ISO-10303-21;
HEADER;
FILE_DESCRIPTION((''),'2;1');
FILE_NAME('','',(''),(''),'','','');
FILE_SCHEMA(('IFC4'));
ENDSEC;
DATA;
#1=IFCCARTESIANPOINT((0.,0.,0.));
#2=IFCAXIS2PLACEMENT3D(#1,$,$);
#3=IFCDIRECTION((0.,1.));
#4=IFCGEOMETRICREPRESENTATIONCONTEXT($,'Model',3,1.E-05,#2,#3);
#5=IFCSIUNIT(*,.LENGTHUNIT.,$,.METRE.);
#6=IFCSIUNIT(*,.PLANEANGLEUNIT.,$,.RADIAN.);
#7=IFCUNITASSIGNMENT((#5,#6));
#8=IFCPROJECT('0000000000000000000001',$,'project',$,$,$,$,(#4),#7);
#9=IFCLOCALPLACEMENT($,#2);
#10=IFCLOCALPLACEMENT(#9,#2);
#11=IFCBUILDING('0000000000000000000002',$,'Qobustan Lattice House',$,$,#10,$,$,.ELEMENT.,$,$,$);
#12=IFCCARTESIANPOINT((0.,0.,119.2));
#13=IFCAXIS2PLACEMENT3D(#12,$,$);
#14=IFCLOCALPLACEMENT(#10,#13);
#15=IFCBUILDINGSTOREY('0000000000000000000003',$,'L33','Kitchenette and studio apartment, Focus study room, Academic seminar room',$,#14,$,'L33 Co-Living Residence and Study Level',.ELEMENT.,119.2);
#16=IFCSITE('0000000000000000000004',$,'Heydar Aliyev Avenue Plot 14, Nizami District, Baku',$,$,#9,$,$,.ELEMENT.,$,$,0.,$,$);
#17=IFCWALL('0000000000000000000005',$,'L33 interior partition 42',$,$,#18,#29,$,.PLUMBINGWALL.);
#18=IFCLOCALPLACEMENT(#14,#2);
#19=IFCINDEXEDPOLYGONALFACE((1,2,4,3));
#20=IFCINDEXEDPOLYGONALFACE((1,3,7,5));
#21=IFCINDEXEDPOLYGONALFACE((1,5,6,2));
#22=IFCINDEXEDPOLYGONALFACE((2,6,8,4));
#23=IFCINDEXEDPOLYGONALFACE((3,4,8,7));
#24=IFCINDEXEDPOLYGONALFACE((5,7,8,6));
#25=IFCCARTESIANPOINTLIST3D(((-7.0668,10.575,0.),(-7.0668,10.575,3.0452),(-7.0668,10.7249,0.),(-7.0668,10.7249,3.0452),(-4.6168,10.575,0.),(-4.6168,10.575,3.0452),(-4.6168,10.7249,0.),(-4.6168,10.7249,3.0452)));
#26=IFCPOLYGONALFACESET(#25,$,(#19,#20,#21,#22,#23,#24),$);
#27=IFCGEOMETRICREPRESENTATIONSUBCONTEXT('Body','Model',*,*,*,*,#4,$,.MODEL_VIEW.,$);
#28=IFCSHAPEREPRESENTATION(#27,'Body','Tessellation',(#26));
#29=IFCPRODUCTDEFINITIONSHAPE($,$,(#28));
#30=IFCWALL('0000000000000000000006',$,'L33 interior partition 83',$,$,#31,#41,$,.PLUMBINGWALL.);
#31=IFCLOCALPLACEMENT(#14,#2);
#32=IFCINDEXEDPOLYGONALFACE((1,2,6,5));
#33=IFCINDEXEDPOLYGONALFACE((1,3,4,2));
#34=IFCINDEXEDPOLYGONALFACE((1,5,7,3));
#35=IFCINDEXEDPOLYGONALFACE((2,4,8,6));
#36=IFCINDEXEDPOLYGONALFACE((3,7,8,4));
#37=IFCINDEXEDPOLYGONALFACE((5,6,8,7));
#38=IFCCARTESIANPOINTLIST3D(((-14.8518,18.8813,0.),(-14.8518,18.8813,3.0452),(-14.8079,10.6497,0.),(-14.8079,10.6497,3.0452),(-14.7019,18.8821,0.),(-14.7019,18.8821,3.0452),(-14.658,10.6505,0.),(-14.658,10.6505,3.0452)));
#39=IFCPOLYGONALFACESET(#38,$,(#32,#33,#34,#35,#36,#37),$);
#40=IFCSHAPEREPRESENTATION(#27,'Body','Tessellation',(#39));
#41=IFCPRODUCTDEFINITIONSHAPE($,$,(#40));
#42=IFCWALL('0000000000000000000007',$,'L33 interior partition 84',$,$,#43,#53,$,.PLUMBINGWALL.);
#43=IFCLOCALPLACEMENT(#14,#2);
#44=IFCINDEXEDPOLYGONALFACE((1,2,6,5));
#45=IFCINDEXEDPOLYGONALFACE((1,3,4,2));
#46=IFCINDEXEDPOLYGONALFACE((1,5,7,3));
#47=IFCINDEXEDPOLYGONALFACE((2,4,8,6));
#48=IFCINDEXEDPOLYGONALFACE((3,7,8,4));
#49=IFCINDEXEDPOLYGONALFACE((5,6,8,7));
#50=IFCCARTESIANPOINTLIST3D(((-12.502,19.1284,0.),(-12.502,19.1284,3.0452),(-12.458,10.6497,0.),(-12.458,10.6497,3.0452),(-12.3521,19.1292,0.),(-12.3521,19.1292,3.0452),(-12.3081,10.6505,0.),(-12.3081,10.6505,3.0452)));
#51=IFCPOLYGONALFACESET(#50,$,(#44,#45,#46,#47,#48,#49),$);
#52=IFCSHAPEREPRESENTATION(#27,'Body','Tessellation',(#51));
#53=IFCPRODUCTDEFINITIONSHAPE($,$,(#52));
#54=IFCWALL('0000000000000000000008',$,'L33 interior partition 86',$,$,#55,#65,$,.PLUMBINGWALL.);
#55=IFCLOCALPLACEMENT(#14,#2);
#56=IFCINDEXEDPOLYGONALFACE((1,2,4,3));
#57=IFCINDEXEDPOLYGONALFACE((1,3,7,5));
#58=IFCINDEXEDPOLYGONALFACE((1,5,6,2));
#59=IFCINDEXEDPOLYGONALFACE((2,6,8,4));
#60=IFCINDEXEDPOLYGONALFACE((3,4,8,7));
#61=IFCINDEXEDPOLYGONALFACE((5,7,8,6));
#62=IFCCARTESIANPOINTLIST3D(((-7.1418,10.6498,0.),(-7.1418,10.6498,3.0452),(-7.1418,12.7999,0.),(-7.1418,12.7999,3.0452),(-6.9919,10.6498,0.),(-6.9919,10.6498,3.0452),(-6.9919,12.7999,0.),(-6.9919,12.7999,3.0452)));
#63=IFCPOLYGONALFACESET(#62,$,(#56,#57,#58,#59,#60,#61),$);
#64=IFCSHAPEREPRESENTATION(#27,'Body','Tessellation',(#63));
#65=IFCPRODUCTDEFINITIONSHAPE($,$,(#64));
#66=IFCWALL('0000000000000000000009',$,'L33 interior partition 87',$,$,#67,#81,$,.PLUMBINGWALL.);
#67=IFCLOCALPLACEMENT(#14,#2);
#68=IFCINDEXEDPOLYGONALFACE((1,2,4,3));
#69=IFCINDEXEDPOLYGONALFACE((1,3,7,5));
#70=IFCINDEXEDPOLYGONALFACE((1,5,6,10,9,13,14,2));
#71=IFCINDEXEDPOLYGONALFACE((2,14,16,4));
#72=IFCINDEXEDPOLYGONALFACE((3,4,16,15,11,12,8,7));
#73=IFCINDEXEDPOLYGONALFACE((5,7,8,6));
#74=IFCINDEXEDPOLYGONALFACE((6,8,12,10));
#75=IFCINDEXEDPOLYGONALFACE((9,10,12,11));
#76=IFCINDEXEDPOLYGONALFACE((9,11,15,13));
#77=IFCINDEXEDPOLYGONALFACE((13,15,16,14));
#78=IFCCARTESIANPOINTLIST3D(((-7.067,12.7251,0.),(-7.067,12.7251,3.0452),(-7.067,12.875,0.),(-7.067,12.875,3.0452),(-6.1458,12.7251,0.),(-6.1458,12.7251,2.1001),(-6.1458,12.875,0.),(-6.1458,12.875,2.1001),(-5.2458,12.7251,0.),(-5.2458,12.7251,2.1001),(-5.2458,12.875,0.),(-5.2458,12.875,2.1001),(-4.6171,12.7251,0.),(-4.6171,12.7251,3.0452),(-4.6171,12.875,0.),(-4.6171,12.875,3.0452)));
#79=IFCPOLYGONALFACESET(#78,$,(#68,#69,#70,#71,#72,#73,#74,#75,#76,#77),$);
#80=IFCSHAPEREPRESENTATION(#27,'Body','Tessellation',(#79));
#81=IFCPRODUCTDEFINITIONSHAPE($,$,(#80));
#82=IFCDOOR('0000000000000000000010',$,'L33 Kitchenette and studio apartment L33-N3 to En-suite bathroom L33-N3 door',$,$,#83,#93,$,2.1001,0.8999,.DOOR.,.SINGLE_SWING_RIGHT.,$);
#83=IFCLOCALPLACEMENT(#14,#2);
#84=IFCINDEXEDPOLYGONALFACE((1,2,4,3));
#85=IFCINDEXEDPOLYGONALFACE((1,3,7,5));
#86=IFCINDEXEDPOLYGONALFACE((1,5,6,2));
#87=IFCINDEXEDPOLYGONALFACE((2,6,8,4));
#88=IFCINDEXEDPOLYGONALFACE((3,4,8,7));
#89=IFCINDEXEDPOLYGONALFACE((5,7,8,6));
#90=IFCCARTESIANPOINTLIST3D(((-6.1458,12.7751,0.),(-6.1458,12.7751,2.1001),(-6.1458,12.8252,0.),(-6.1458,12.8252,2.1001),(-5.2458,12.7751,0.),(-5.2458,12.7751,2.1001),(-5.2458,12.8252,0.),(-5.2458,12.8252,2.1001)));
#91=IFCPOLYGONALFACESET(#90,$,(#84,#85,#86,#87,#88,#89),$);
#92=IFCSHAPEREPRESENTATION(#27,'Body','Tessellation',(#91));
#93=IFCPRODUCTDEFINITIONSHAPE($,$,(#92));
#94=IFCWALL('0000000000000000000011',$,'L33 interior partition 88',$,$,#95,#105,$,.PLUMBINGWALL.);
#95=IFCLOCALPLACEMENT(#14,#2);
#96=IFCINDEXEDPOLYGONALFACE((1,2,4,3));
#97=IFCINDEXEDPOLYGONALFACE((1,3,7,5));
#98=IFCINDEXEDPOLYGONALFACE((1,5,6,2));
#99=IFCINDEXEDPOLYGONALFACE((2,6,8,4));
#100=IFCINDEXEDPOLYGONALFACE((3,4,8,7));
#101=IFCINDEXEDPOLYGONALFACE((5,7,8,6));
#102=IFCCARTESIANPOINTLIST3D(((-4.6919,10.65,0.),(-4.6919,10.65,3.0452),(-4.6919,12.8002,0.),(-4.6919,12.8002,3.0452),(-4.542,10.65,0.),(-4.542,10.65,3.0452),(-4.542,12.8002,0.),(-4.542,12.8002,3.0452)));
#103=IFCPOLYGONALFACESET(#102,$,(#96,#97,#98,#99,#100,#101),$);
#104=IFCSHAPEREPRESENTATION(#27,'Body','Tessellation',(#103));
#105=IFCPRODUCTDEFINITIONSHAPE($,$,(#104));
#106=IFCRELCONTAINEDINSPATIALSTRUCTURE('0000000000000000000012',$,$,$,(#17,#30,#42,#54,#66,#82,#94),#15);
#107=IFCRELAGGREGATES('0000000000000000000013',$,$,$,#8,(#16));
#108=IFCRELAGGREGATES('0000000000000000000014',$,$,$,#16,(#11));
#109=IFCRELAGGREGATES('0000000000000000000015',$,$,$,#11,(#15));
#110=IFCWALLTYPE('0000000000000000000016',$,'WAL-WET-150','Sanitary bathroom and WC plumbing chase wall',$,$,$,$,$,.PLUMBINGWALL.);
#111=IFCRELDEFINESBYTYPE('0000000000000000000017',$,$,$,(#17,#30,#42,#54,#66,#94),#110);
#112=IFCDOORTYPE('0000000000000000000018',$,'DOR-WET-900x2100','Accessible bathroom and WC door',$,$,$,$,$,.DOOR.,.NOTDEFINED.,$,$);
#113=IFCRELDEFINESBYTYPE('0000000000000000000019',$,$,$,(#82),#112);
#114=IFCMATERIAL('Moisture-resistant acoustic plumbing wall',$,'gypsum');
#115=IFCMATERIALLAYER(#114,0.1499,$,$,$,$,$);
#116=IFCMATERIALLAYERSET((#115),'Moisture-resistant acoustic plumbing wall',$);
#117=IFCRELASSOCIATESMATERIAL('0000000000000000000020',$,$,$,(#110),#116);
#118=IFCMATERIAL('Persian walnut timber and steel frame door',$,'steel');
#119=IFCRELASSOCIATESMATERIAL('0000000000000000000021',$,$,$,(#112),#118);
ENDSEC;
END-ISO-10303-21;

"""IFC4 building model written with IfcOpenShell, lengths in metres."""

from ifc_helpers import new_model, si_unit, direction, frame, frame_2d, origin, place, context, subcontext, project, spatial, rectangle, extrude, material, layer, layer_set, type_object, element, fill, save


model = new_model("IFC4")

# Units and contexts
model_context = context("Model", 3, precision=1e-05, world=origin(), true_north=direction((0.0, 1.0)))
body_context = subcontext(model_context, "Body", "Model", "MODEL_VIEW")
ifc_project = project(units=[si_unit("LENGTHUNIT", "METRE"), si_unit("PLANEANGLEUNIT", "RADIAN")], contexts=[model_context])

# Site, building, storey
site_placement = place(None, origin())
site = spatial("IfcSite", under=ifc_project, at=site_placement, Name="Heydar Aliyev Avenue Plot 14, Nizami District, Baku", CompositionType="ELEMENT", RefElevation=0.0)
building_placement = place(site_placement, origin())
building = spatial("IfcBuilding", under=site, at=building_placement, Name="Qobustan Lattice House", CompositionType="ELEMENT")
storey_placement = place(building_placement, frame((0.0, 0.0, 119.2)))
storey = spatial("IfcBuildingStorey", under=building, at=storey_placement, Name="L33", Description="Kitchenette and studio apartment, Focus study room, Academic seminar room", LongName="L33 Co-Living Residence and Study Level", CompositionType="ELEMENT", Elevation=119.2)

# Shared definitions
ifc_material_1 = material(Name="Moisture-resistant acoustic plumbing wall", Category="gypsum")
ifc_layer_1 = layer(ifc_material_1, 0.1499)
ifc_layer_set_1 = layer_set([ifc_layer_1], Name="Moisture-resistant acoustic plumbing wall")
wall_type_1 = type_object("IfcWallType", Name="WAL-WET-150", Description="Sanitary bathroom and WC plumbing chase wall", PredefinedType="PLUMBINGWALL", material=ifc_layer_set_1)
ifc_material_2 = material(Name="Persian walnut timber and steel frame door", Category="steel")
door_type_1 = type_object("IfcDoorType", Name="DOR-WET-900x2100", Description="Accessible bathroom and WC door", OperationType="NOTDEFINED", PredefinedType="DOOR", material=ifc_material_2)

# Walls
wall_1_placement = place(storey_placement, frame((-7.0669, 10.6499, 0.0), z_axis=(0.0, 0.0, 1.0), x_axis=(1.0, 0.0, 0.0)))
element("IfcWall", 1, at=wall_1_placement, inside=storey, type_object=wall_type_1, Name="L33 interior partition 42", PredefinedType="PLUMBINGWALL", context=body_context, shape_type="SweptSolid", body=[
    extrude(rectangle(XDim=2.45, YDim=0.1499, at=frame_2d((1.2251, 0.0))), origin(), (0.0, 0.0, 1.0), 3.0452),
])
wall_2_placement = place(storey_placement, frame((-14.7769, 18.8816, 0.0), z_axis=(0.0, 0.0, 1.0), x_axis=(0.005338, -0.999986, 0.0)))
element("IfcWall", 2, at=wall_2_placement, inside=storey, type_object=wall_type_1, Name="L33 interior partition 83", PredefinedType="PLUMBINGWALL", context=body_context, shape_type="SweptSolid", body=[
    extrude(rectangle(XDim=8.2317, YDim=0.1499, at=frame_2d((4.1157, 0.0))), origin(), (0.0, 0.0, 1.0), 3.0452),
])
wall_3_placement = place(storey_placement, frame((-12.427, 19.1287, 0.0), z_axis=(0.0, 0.0, 1.0), x_axis=(0.005183, -0.999987, 0.0)))
element("IfcWall", 3, at=wall_3_placement, inside=storey, type_object=wall_type_1, Name="L33 interior partition 84", PredefinedType="PLUMBINGWALL", context=body_context, shape_type="SweptSolid", body=[
    extrude(rectangle(XDim=8.4788, YDim=0.1499, at=frame_2d((4.2393, 0.0))), origin(), (0.0, 0.0, 1.0), 3.0452),
])
wall_4_placement = place(storey_placement, frame((-7.0669, 12.8, 0.0), z_axis=(0.0, 0.0, 1.0), x_axis=(0.0, -1.0, 0.0)))
element("IfcWall", 4, at=wall_4_placement, inside=storey, type_object=wall_type_1, Name="L33 interior partition 86", PredefinedType="PLUMBINGWALL", context=body_context, shape_type="SweptSolid", body=[
    extrude(rectangle(XDim=2.1501, YDim=0.1499, at=frame_2d((1.0752, 0.0))), origin(), (0.0, 0.0, 1.0), 3.0452),
])

# Wall, opening, door
wall_5_placement = place(storey_placement, frame((-4.6169, 12.8, 0.0), z_axis=(0.0, 0.0, 1.0), x_axis=(-1.0, 0.0, 0.0)))
wall_5 = element("IfcWall", 5, at=wall_5_placement, inside=storey, type_object=wall_type_1, Name="L33 interior partition 87", PredefinedType="PLUMBINGWALL", context=body_context, shape_type="SweptSolid", body=[
    extrude(rectangle(XDim=2.45, YDim=0.1499, at=frame_2d((1.2251, 0.0))), origin(), (0.0, 0.0, 1.0), 3.0452),
])
opening_1_placement = place(wall_5_placement, frame((0.6289, 0.0, 0.0)))
opening_1 = element("IfcOpeningElement", 6, at=opening_1_placement, cuts=wall_5, PredefinedType="OPENING", context=body_context, shape_type="SweptSolid", body=[
    extrude(rectangle(XDim=0.8999, YDim=2.1001, at=frame_2d((0.45, 1.05))), frame((0.0, 0.085, 0.0), z_axis=(0.0, -1.0, 0.0), x_axis=(1.0, 0.0, 0.0)), (0.0, 0.0, 1.0), 0.1699),
])
door_1_placement = place(opening_1_placement, origin())
door_1 = element("IfcDoor", 7, at=door_1_placement, inside=storey, type_object=door_type_1, Name="L33 Kitchenette and studio apartment L33-N3 to En-suite bathroom L33-N3 door", OperationType="SINGLE_SWING_RIGHT", OverallHeight=2.1001, OverallWidth=0.8999, PredefinedType="DOOR", context=body_context, shape_type="SweptSolid", body=[
    extrude(rectangle(XDim=0.8999, YDim=2.1001, at=frame_2d((0.45, 1.05))), frame((0.0, 0.0249, 0.0), z_axis=(0.0, -1.0, 0.0), x_axis=(1.0, 0.0, 0.0)), (0.0, 0.0, 1.0), 0.05),
])
fill(opening_1, door_1)

# Wall
wall_6_placement = place(storey_placement, frame((-4.6169, 10.6499, 0.0), z_axis=(0.0, 0.0, 1.0), x_axis=(0.0, 1.0, 0.0)))
element("IfcWall", 8, at=wall_6_placement, inside=storey, type_object=wall_type_1, Name="L33 interior partition 88", PredefinedType="PLUMBINGWALL", context=body_context, shape_type="SweptSolid", body=[
    extrude(rectangle(XDim=2.1501, YDim=0.1499, at=frame_2d((1.0752, 0.0))), origin(), (0.0, 0.0, 1.0), 3.0452),
])

save(model, "model.ifc")
